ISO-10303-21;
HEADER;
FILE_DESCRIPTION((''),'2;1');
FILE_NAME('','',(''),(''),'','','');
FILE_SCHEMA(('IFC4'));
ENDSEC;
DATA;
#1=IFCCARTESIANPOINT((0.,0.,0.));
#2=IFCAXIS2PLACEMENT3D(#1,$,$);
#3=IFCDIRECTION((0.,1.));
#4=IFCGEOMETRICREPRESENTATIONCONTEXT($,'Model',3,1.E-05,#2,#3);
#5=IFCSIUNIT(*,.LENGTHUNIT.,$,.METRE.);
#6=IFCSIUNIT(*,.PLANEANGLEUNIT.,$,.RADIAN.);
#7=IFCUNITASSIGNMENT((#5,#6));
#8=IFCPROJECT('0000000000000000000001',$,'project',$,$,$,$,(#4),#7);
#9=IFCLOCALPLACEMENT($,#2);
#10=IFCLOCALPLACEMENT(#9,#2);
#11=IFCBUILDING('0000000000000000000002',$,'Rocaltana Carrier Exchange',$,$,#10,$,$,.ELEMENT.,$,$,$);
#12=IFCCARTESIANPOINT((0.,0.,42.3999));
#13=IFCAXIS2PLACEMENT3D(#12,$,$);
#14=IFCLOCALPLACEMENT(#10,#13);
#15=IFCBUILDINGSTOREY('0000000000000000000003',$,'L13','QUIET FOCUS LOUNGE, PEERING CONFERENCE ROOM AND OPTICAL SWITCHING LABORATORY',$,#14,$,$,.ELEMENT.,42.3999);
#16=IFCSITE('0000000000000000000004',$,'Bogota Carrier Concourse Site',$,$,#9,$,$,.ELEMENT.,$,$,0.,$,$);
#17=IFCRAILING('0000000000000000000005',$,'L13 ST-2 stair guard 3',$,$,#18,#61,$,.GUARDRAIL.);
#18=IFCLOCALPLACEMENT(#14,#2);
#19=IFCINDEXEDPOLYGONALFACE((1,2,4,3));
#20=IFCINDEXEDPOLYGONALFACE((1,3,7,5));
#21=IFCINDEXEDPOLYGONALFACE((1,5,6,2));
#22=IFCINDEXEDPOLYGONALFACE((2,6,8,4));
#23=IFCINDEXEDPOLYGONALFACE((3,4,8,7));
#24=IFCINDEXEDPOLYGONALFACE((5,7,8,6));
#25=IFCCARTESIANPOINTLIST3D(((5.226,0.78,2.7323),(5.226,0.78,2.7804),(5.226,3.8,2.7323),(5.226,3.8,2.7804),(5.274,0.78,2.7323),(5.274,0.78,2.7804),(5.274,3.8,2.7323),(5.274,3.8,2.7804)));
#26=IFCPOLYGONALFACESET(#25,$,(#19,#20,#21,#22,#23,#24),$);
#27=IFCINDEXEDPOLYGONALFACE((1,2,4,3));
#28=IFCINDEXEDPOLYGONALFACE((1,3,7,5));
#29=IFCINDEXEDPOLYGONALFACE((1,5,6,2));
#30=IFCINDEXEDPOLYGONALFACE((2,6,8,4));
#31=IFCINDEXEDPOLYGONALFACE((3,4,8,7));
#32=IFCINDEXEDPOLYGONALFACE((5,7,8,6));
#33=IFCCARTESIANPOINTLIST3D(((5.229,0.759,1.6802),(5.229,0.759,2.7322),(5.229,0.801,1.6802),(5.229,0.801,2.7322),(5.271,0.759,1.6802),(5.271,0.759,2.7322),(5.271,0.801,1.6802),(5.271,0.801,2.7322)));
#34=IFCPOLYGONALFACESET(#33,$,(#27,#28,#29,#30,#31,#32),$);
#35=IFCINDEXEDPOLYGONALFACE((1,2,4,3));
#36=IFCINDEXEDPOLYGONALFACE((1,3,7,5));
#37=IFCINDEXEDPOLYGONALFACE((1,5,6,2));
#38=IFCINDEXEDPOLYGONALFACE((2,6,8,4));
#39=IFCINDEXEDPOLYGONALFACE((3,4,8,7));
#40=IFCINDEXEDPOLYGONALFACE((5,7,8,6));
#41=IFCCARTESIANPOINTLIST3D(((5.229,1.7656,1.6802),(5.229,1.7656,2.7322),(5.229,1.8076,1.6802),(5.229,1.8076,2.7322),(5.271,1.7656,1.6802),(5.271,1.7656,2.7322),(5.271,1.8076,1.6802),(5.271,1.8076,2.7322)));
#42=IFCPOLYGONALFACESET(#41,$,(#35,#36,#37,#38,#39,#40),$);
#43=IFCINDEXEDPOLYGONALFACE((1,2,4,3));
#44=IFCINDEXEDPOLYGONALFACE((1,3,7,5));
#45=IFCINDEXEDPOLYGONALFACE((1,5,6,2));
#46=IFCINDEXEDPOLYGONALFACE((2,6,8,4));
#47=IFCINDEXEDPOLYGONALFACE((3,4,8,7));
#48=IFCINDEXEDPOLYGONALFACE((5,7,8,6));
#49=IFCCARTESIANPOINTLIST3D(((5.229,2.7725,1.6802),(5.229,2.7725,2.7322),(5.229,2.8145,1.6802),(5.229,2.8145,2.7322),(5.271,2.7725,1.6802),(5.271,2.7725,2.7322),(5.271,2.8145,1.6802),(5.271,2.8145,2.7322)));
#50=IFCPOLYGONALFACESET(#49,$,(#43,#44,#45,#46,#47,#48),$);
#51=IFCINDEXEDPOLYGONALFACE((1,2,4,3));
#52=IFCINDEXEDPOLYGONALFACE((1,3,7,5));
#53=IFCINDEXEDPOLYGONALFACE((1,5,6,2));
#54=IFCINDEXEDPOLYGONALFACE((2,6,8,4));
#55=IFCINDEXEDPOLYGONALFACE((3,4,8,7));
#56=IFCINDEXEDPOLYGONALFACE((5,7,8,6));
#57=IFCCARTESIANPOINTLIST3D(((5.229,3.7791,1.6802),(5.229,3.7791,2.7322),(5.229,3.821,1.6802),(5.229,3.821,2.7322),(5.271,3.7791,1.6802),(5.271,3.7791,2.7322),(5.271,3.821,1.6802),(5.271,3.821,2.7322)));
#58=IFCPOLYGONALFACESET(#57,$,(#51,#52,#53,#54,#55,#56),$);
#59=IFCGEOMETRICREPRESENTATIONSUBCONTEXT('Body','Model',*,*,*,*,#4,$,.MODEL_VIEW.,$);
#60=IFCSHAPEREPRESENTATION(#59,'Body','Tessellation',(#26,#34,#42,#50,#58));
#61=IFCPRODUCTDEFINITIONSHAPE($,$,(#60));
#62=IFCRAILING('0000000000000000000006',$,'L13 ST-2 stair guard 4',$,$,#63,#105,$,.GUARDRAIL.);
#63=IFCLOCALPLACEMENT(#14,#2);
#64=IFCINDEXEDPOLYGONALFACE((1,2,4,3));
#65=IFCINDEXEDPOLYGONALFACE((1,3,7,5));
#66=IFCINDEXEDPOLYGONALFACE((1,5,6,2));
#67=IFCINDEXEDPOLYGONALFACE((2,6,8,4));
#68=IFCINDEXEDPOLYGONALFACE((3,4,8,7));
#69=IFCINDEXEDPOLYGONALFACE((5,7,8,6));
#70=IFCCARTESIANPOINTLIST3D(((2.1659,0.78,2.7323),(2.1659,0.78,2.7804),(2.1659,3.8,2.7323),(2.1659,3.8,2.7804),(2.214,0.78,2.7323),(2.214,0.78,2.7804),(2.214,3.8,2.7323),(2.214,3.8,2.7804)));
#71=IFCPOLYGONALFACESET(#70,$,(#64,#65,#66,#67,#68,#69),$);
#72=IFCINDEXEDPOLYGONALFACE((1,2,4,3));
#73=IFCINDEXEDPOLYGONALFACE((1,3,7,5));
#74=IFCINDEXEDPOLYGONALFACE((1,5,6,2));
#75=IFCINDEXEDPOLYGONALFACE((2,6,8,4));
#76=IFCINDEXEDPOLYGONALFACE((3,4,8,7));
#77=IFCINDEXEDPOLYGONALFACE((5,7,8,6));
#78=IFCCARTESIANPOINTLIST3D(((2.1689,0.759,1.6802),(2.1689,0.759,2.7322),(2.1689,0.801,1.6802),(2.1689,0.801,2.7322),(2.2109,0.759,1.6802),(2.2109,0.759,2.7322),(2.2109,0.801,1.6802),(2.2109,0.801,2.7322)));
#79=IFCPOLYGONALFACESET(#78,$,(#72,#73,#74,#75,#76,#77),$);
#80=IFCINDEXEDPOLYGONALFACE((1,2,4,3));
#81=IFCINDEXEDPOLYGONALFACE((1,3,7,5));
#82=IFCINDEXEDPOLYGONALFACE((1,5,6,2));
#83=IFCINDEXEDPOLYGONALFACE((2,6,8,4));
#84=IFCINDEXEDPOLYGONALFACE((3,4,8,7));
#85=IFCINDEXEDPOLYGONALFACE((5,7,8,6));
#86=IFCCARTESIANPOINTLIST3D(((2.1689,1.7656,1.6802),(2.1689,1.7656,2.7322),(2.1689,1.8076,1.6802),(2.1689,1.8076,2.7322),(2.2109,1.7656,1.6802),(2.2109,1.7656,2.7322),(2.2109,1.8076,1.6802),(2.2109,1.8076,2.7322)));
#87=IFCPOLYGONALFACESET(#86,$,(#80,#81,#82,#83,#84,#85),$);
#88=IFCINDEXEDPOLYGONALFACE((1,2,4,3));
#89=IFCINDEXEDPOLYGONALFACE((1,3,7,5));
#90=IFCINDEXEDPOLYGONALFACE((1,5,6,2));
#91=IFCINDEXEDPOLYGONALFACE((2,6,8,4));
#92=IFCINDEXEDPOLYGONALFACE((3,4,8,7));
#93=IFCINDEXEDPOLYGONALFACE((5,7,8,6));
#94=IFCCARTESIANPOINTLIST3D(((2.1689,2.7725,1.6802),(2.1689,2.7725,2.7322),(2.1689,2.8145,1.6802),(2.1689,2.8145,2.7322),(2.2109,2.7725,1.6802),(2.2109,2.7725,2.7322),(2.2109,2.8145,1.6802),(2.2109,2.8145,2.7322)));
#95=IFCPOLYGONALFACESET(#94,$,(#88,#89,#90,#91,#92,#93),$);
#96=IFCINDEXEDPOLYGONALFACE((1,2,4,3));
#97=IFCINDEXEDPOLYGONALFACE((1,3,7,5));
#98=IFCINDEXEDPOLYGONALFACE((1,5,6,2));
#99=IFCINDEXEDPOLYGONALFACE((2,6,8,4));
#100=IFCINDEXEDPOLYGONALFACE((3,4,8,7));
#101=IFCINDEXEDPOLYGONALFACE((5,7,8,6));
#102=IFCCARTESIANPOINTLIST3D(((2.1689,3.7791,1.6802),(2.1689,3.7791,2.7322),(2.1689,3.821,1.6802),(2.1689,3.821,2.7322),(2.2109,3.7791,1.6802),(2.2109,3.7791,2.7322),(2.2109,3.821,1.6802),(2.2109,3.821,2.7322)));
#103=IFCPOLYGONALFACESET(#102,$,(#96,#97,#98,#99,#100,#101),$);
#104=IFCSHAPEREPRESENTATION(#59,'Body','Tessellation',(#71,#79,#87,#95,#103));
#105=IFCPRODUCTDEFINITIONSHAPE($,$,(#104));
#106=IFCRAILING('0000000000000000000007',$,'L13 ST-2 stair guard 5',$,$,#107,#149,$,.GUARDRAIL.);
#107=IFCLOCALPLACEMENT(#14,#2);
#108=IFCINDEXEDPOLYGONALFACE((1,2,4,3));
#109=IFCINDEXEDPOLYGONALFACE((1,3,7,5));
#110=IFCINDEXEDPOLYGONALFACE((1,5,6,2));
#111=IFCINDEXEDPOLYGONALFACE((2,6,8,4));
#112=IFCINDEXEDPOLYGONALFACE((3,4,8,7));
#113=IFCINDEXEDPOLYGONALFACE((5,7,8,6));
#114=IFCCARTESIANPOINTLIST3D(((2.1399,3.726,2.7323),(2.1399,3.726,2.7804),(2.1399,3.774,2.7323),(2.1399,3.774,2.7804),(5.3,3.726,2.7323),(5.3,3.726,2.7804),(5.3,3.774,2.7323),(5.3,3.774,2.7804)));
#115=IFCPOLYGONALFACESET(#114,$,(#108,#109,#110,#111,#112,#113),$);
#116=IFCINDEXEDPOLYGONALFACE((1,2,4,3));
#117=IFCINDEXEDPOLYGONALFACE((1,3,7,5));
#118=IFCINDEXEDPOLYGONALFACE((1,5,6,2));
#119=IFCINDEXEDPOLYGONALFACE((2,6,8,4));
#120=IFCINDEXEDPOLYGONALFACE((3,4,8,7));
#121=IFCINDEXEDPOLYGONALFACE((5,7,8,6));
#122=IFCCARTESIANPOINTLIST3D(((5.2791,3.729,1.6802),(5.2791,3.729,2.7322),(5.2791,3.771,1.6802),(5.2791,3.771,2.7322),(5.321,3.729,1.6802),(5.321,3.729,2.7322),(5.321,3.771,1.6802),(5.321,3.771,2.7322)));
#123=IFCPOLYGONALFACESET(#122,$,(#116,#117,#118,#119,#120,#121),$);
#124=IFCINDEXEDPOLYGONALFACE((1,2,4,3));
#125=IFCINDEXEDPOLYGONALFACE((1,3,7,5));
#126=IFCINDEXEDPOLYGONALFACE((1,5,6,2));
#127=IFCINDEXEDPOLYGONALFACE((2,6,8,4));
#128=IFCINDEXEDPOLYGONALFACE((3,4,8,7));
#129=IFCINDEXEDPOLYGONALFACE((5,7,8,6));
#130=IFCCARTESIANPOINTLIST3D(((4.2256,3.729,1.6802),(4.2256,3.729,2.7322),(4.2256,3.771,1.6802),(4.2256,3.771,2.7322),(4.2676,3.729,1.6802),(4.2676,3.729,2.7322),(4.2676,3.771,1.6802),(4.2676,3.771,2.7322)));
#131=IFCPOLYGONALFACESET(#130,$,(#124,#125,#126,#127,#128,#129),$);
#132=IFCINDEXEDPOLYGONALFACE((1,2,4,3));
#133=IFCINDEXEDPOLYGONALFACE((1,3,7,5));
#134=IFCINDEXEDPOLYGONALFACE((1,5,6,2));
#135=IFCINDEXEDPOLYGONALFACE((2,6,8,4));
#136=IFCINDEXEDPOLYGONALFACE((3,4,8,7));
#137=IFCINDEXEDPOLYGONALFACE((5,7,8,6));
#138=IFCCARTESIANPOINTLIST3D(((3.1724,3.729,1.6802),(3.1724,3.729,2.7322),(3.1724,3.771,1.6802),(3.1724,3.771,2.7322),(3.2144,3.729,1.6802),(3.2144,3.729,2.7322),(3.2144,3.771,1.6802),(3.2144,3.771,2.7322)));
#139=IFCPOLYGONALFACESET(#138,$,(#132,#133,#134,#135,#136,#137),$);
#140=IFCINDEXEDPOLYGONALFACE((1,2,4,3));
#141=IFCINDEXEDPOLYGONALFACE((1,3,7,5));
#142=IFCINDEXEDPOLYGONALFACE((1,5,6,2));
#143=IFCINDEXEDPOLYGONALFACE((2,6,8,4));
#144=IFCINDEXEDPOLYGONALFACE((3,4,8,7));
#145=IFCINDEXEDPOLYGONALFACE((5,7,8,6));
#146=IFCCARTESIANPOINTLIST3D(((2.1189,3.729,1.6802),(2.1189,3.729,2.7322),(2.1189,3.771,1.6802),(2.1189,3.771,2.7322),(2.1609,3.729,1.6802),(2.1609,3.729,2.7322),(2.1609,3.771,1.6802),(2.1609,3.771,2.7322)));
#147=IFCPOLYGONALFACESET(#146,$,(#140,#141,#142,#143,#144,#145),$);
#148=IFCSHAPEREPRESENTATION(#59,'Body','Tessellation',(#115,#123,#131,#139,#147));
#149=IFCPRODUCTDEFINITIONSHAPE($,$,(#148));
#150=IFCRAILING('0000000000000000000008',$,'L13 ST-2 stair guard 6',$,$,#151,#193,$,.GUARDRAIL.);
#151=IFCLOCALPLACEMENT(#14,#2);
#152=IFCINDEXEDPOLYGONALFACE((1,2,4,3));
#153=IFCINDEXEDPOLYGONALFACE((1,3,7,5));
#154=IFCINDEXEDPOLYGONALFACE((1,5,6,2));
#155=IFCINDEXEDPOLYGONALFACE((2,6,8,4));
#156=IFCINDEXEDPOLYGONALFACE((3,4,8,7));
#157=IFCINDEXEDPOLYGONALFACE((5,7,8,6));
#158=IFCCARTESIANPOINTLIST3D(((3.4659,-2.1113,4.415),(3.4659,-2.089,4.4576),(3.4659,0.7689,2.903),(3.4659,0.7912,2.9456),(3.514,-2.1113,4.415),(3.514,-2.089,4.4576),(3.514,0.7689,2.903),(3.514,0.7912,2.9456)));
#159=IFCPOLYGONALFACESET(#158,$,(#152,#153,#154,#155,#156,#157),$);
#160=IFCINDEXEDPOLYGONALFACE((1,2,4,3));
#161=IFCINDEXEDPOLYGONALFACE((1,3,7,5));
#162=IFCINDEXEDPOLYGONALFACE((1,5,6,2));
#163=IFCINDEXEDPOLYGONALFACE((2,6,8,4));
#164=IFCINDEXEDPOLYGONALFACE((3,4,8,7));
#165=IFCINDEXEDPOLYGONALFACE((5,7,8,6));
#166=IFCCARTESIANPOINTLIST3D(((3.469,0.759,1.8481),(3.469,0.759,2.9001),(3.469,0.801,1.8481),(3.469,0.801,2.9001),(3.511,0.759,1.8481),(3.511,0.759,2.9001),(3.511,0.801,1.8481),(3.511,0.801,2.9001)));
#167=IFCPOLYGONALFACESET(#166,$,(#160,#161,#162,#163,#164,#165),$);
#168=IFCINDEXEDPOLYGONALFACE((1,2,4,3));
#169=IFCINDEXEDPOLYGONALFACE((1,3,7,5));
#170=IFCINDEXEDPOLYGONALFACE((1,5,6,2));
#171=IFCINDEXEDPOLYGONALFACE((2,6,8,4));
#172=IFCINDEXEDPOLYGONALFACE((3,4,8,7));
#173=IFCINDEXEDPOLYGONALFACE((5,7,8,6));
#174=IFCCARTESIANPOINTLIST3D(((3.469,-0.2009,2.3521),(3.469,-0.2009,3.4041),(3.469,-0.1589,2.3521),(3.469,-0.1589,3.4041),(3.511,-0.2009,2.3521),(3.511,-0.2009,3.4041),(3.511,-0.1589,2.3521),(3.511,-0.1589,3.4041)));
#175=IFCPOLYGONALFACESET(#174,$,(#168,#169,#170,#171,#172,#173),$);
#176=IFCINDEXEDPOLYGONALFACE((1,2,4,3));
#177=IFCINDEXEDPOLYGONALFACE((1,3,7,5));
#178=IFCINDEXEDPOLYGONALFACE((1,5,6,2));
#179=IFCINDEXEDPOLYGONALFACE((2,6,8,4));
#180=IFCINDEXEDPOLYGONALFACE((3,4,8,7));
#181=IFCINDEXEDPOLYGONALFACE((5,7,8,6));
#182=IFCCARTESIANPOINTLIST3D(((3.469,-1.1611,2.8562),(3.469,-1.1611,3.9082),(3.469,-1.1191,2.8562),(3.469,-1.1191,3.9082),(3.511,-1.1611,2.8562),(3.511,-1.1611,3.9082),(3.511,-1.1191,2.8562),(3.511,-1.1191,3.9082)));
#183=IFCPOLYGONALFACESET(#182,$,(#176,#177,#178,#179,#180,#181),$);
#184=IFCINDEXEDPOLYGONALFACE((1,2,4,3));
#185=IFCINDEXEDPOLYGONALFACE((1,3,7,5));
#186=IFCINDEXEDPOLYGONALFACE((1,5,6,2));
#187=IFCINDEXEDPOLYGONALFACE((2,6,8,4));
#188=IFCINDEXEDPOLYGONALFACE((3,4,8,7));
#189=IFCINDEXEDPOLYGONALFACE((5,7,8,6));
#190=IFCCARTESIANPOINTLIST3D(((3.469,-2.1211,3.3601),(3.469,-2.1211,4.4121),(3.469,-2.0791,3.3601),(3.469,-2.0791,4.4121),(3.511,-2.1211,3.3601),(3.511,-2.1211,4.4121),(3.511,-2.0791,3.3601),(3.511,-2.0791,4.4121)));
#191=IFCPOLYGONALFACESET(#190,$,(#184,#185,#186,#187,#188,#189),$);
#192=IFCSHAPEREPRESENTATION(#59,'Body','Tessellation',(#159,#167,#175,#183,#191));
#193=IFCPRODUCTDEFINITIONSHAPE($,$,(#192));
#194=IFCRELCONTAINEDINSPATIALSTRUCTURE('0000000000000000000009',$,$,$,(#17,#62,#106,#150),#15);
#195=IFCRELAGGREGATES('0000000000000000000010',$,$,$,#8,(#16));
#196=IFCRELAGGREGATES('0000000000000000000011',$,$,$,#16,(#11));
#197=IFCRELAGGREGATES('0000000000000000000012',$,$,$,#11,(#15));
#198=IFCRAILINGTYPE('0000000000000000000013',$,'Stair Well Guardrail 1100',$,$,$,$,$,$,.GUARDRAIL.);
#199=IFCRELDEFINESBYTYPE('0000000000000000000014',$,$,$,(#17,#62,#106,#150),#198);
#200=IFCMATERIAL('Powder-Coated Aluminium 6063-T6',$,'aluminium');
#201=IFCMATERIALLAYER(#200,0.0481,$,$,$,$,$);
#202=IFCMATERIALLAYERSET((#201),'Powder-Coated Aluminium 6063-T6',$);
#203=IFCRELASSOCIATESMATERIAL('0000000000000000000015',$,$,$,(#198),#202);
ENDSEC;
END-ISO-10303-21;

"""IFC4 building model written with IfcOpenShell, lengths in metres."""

from ifc_helpers import new_model, si_unit, direction, frame, origin, origin_2d, place, context, subcontext, project, spatial, rectangle, extrude, material, layer, layer_set, type_object, element, save


model = new_model("IFC4")

# Units and contexts
model_context = context("Model", 3, precision=1e-05, world=origin(), true_north=direction((0.0, 1.0)))
body_context = subcontext(model_context, "Body", "Model", "MODEL_VIEW")
ifc_project = project(units=[si_unit("LENGTHUNIT", "METRE"), si_unit("PLANEANGLEUNIT", "RADIAN")], contexts=[model_context])

# Site, building, storey
site_placement = place(None, origin())
site = spatial("IfcSite", under=ifc_project, at=site_placement, Name="Bogota Carrier Concourse Site", CompositionType="ELEMENT", RefElevation=0.0)
building_placement = place(site_placement, origin())
building = spatial("IfcBuilding", under=site, at=building_placement, Name="Rocaltana Carrier Exchange", CompositionType="ELEMENT")
storey_placement = place(building_placement, frame((0.0, 0.0, 42.3999)))
storey = spatial("IfcBuildingStorey", under=building, at=storey_placement, Name="L13", Description="QUIET FOCUS LOUNGE, PEERING CONFERENCE ROOM AND OPTICAL SWITCHING LABORATORY", CompositionType="ELEMENT", Elevation=42.3999)

# Railings
ifc_material_1 = material(Name="Powder-Coated Aluminium 6063-T6", Category="aluminium")
ifc_layer_1 = layer(ifc_material_1, 0.0481)
ifc_layer_set_1 = layer_set([ifc_layer_1], Name="Powder-Coated Aluminium 6063-T6")
railing_type_1 = type_object("IfcRailingType", Name="Stair Well Guardrail 1100", PredefinedType="GUARDRAIL", material=ifc_layer_set_1)
for number, where, name in (
    (1, (5.25, 0.78, 1.6802), "L13 ST-2 stair guard 3"),
    (2, (2.1899, 0.78, 1.6802), "L13 ST-2 stair guard 4"),
):
    element("IfcRailing", number, at=place(storey_placement, frame(where)), inside=storey, type_object=railing_type_1, Name=name, PredefinedType="GUARDRAIL", context=body_context, shape_type="SweptSolid", body=[
        extrude(rectangle(XDim=0.0481, YDim=0.0481, at=origin_2d()), frame((0.0, 0.0, 1.0762), z_axis=(0.0, 1.0, 0.0), x_axis=(-1.0, 0.0, 0.0)), (0.0, 0.0, 1.0), 3.02),
        extrude(rectangle(XDim=0.042, YDim=0.042, at=origin_2d()), origin(), (0.0, 0.0, 1.0), 1.052),
        extrude(rectangle(XDim=0.042, YDim=0.042, at=origin_2d()), frame((0.0, 1.0066, 0.0)), (0.0, 0.0, 1.0), 1.052),
        extrude(rectangle(XDim=0.042, YDim=0.042, at=origin_2d()), frame((0.0, 2.0134, 0.0)), (0.0, 0.0, 1.0), 1.052),
        extrude(rectangle(XDim=0.042, YDim=0.042, at=origin_2d()), frame((0.0, 3.02, 0.0)), (0.0, 0.0, 1.0), 1.052),
    ])
railing_1_placement = place(storey_placement, frame((5.3, 3.75, 1.6802)))
element("IfcRailing", 3, at=railing_1_placement, inside=storey, type_object=railing_type_1, Name="L13 ST-2 stair guard 5", PredefinedType="GUARDRAIL", context=body_context, shape_type="SweptSolid", body=[
    extrude(rectangle(XDim=0.0481, YDim=0.0481, at=origin_2d()), frame((0.0, 0.0, 1.0762), z_axis=(-1.0, 0.0, 0.0), x_axis=(0.0, -1.0, 0.0)), (0.0, 0.0, 1.0), 3.1602),
    extrude(rectangle(XDim=0.042, YDim=0.042, at=origin_2d()), origin(), (0.0, 0.0, 1.0), 1.052),
    extrude(rectangle(XDim=0.042, YDim=0.042, at=origin_2d()), frame((-1.0535, 0.0, 0.0)), (0.0, 0.0, 1.0), 1.052),
    extrude(rectangle(XDim=0.042, YDim=0.042, at=origin_2d()), frame((-2.1067, 0.0, 0.0)), (0.0, 0.0, 1.0), 1.052),
    extrude(rectangle(XDim=0.042, YDim=0.042, at=origin_2d()), frame((-3.1602, 0.0, 0.0)), (0.0, 0.0, 1.0), 1.052),
])
railing_2_placement = place(storey_placement, frame((3.49, 0.78, 1.8481)))
element("IfcRailing", 4, at=railing_2_placement, inside=storey, type_object=railing_type_1, Name="L13 ST-2 stair guard 6", PredefinedType="GUARDRAIL", context=body_context, shape_type="SweptSolid", body=[
    extrude(rectangle(XDim=0.0481, YDim=0.0481, at=origin_2d()), frame((0.0, 0.0, 1.0762), z_axis=(0.0, -0.885411, 0.464809), x_axis=(1.0, 0.0, 0.0)), (0.0, 0.0, 1.0), 3.2529),
    extrude(rectangle(XDim=0.042, YDim=0.042, at=origin_2d()), origin(), (0.0, 0.0, 1.0), 1.052),
    extrude(rectangle(XDim=0.042, YDim=0.042, at=origin_2d()), frame((0.0, -0.96, 0.5039)), (0.0, 0.0, 1.0), 1.052),
    extrude(rectangle(XDim=0.042, YDim=0.042, at=origin_2d()), frame((0.0, -1.9202, 1.0081)), (0.0, 0.0, 1.0), 1.052),
    extrude(rectangle(XDim=0.042, YDim=0.042, at=origin_2d()), frame((0.0, -2.8801, 1.512)), (0.0, 0.0, 1.0), 1.052),
])

save(model, "model.ifc")
